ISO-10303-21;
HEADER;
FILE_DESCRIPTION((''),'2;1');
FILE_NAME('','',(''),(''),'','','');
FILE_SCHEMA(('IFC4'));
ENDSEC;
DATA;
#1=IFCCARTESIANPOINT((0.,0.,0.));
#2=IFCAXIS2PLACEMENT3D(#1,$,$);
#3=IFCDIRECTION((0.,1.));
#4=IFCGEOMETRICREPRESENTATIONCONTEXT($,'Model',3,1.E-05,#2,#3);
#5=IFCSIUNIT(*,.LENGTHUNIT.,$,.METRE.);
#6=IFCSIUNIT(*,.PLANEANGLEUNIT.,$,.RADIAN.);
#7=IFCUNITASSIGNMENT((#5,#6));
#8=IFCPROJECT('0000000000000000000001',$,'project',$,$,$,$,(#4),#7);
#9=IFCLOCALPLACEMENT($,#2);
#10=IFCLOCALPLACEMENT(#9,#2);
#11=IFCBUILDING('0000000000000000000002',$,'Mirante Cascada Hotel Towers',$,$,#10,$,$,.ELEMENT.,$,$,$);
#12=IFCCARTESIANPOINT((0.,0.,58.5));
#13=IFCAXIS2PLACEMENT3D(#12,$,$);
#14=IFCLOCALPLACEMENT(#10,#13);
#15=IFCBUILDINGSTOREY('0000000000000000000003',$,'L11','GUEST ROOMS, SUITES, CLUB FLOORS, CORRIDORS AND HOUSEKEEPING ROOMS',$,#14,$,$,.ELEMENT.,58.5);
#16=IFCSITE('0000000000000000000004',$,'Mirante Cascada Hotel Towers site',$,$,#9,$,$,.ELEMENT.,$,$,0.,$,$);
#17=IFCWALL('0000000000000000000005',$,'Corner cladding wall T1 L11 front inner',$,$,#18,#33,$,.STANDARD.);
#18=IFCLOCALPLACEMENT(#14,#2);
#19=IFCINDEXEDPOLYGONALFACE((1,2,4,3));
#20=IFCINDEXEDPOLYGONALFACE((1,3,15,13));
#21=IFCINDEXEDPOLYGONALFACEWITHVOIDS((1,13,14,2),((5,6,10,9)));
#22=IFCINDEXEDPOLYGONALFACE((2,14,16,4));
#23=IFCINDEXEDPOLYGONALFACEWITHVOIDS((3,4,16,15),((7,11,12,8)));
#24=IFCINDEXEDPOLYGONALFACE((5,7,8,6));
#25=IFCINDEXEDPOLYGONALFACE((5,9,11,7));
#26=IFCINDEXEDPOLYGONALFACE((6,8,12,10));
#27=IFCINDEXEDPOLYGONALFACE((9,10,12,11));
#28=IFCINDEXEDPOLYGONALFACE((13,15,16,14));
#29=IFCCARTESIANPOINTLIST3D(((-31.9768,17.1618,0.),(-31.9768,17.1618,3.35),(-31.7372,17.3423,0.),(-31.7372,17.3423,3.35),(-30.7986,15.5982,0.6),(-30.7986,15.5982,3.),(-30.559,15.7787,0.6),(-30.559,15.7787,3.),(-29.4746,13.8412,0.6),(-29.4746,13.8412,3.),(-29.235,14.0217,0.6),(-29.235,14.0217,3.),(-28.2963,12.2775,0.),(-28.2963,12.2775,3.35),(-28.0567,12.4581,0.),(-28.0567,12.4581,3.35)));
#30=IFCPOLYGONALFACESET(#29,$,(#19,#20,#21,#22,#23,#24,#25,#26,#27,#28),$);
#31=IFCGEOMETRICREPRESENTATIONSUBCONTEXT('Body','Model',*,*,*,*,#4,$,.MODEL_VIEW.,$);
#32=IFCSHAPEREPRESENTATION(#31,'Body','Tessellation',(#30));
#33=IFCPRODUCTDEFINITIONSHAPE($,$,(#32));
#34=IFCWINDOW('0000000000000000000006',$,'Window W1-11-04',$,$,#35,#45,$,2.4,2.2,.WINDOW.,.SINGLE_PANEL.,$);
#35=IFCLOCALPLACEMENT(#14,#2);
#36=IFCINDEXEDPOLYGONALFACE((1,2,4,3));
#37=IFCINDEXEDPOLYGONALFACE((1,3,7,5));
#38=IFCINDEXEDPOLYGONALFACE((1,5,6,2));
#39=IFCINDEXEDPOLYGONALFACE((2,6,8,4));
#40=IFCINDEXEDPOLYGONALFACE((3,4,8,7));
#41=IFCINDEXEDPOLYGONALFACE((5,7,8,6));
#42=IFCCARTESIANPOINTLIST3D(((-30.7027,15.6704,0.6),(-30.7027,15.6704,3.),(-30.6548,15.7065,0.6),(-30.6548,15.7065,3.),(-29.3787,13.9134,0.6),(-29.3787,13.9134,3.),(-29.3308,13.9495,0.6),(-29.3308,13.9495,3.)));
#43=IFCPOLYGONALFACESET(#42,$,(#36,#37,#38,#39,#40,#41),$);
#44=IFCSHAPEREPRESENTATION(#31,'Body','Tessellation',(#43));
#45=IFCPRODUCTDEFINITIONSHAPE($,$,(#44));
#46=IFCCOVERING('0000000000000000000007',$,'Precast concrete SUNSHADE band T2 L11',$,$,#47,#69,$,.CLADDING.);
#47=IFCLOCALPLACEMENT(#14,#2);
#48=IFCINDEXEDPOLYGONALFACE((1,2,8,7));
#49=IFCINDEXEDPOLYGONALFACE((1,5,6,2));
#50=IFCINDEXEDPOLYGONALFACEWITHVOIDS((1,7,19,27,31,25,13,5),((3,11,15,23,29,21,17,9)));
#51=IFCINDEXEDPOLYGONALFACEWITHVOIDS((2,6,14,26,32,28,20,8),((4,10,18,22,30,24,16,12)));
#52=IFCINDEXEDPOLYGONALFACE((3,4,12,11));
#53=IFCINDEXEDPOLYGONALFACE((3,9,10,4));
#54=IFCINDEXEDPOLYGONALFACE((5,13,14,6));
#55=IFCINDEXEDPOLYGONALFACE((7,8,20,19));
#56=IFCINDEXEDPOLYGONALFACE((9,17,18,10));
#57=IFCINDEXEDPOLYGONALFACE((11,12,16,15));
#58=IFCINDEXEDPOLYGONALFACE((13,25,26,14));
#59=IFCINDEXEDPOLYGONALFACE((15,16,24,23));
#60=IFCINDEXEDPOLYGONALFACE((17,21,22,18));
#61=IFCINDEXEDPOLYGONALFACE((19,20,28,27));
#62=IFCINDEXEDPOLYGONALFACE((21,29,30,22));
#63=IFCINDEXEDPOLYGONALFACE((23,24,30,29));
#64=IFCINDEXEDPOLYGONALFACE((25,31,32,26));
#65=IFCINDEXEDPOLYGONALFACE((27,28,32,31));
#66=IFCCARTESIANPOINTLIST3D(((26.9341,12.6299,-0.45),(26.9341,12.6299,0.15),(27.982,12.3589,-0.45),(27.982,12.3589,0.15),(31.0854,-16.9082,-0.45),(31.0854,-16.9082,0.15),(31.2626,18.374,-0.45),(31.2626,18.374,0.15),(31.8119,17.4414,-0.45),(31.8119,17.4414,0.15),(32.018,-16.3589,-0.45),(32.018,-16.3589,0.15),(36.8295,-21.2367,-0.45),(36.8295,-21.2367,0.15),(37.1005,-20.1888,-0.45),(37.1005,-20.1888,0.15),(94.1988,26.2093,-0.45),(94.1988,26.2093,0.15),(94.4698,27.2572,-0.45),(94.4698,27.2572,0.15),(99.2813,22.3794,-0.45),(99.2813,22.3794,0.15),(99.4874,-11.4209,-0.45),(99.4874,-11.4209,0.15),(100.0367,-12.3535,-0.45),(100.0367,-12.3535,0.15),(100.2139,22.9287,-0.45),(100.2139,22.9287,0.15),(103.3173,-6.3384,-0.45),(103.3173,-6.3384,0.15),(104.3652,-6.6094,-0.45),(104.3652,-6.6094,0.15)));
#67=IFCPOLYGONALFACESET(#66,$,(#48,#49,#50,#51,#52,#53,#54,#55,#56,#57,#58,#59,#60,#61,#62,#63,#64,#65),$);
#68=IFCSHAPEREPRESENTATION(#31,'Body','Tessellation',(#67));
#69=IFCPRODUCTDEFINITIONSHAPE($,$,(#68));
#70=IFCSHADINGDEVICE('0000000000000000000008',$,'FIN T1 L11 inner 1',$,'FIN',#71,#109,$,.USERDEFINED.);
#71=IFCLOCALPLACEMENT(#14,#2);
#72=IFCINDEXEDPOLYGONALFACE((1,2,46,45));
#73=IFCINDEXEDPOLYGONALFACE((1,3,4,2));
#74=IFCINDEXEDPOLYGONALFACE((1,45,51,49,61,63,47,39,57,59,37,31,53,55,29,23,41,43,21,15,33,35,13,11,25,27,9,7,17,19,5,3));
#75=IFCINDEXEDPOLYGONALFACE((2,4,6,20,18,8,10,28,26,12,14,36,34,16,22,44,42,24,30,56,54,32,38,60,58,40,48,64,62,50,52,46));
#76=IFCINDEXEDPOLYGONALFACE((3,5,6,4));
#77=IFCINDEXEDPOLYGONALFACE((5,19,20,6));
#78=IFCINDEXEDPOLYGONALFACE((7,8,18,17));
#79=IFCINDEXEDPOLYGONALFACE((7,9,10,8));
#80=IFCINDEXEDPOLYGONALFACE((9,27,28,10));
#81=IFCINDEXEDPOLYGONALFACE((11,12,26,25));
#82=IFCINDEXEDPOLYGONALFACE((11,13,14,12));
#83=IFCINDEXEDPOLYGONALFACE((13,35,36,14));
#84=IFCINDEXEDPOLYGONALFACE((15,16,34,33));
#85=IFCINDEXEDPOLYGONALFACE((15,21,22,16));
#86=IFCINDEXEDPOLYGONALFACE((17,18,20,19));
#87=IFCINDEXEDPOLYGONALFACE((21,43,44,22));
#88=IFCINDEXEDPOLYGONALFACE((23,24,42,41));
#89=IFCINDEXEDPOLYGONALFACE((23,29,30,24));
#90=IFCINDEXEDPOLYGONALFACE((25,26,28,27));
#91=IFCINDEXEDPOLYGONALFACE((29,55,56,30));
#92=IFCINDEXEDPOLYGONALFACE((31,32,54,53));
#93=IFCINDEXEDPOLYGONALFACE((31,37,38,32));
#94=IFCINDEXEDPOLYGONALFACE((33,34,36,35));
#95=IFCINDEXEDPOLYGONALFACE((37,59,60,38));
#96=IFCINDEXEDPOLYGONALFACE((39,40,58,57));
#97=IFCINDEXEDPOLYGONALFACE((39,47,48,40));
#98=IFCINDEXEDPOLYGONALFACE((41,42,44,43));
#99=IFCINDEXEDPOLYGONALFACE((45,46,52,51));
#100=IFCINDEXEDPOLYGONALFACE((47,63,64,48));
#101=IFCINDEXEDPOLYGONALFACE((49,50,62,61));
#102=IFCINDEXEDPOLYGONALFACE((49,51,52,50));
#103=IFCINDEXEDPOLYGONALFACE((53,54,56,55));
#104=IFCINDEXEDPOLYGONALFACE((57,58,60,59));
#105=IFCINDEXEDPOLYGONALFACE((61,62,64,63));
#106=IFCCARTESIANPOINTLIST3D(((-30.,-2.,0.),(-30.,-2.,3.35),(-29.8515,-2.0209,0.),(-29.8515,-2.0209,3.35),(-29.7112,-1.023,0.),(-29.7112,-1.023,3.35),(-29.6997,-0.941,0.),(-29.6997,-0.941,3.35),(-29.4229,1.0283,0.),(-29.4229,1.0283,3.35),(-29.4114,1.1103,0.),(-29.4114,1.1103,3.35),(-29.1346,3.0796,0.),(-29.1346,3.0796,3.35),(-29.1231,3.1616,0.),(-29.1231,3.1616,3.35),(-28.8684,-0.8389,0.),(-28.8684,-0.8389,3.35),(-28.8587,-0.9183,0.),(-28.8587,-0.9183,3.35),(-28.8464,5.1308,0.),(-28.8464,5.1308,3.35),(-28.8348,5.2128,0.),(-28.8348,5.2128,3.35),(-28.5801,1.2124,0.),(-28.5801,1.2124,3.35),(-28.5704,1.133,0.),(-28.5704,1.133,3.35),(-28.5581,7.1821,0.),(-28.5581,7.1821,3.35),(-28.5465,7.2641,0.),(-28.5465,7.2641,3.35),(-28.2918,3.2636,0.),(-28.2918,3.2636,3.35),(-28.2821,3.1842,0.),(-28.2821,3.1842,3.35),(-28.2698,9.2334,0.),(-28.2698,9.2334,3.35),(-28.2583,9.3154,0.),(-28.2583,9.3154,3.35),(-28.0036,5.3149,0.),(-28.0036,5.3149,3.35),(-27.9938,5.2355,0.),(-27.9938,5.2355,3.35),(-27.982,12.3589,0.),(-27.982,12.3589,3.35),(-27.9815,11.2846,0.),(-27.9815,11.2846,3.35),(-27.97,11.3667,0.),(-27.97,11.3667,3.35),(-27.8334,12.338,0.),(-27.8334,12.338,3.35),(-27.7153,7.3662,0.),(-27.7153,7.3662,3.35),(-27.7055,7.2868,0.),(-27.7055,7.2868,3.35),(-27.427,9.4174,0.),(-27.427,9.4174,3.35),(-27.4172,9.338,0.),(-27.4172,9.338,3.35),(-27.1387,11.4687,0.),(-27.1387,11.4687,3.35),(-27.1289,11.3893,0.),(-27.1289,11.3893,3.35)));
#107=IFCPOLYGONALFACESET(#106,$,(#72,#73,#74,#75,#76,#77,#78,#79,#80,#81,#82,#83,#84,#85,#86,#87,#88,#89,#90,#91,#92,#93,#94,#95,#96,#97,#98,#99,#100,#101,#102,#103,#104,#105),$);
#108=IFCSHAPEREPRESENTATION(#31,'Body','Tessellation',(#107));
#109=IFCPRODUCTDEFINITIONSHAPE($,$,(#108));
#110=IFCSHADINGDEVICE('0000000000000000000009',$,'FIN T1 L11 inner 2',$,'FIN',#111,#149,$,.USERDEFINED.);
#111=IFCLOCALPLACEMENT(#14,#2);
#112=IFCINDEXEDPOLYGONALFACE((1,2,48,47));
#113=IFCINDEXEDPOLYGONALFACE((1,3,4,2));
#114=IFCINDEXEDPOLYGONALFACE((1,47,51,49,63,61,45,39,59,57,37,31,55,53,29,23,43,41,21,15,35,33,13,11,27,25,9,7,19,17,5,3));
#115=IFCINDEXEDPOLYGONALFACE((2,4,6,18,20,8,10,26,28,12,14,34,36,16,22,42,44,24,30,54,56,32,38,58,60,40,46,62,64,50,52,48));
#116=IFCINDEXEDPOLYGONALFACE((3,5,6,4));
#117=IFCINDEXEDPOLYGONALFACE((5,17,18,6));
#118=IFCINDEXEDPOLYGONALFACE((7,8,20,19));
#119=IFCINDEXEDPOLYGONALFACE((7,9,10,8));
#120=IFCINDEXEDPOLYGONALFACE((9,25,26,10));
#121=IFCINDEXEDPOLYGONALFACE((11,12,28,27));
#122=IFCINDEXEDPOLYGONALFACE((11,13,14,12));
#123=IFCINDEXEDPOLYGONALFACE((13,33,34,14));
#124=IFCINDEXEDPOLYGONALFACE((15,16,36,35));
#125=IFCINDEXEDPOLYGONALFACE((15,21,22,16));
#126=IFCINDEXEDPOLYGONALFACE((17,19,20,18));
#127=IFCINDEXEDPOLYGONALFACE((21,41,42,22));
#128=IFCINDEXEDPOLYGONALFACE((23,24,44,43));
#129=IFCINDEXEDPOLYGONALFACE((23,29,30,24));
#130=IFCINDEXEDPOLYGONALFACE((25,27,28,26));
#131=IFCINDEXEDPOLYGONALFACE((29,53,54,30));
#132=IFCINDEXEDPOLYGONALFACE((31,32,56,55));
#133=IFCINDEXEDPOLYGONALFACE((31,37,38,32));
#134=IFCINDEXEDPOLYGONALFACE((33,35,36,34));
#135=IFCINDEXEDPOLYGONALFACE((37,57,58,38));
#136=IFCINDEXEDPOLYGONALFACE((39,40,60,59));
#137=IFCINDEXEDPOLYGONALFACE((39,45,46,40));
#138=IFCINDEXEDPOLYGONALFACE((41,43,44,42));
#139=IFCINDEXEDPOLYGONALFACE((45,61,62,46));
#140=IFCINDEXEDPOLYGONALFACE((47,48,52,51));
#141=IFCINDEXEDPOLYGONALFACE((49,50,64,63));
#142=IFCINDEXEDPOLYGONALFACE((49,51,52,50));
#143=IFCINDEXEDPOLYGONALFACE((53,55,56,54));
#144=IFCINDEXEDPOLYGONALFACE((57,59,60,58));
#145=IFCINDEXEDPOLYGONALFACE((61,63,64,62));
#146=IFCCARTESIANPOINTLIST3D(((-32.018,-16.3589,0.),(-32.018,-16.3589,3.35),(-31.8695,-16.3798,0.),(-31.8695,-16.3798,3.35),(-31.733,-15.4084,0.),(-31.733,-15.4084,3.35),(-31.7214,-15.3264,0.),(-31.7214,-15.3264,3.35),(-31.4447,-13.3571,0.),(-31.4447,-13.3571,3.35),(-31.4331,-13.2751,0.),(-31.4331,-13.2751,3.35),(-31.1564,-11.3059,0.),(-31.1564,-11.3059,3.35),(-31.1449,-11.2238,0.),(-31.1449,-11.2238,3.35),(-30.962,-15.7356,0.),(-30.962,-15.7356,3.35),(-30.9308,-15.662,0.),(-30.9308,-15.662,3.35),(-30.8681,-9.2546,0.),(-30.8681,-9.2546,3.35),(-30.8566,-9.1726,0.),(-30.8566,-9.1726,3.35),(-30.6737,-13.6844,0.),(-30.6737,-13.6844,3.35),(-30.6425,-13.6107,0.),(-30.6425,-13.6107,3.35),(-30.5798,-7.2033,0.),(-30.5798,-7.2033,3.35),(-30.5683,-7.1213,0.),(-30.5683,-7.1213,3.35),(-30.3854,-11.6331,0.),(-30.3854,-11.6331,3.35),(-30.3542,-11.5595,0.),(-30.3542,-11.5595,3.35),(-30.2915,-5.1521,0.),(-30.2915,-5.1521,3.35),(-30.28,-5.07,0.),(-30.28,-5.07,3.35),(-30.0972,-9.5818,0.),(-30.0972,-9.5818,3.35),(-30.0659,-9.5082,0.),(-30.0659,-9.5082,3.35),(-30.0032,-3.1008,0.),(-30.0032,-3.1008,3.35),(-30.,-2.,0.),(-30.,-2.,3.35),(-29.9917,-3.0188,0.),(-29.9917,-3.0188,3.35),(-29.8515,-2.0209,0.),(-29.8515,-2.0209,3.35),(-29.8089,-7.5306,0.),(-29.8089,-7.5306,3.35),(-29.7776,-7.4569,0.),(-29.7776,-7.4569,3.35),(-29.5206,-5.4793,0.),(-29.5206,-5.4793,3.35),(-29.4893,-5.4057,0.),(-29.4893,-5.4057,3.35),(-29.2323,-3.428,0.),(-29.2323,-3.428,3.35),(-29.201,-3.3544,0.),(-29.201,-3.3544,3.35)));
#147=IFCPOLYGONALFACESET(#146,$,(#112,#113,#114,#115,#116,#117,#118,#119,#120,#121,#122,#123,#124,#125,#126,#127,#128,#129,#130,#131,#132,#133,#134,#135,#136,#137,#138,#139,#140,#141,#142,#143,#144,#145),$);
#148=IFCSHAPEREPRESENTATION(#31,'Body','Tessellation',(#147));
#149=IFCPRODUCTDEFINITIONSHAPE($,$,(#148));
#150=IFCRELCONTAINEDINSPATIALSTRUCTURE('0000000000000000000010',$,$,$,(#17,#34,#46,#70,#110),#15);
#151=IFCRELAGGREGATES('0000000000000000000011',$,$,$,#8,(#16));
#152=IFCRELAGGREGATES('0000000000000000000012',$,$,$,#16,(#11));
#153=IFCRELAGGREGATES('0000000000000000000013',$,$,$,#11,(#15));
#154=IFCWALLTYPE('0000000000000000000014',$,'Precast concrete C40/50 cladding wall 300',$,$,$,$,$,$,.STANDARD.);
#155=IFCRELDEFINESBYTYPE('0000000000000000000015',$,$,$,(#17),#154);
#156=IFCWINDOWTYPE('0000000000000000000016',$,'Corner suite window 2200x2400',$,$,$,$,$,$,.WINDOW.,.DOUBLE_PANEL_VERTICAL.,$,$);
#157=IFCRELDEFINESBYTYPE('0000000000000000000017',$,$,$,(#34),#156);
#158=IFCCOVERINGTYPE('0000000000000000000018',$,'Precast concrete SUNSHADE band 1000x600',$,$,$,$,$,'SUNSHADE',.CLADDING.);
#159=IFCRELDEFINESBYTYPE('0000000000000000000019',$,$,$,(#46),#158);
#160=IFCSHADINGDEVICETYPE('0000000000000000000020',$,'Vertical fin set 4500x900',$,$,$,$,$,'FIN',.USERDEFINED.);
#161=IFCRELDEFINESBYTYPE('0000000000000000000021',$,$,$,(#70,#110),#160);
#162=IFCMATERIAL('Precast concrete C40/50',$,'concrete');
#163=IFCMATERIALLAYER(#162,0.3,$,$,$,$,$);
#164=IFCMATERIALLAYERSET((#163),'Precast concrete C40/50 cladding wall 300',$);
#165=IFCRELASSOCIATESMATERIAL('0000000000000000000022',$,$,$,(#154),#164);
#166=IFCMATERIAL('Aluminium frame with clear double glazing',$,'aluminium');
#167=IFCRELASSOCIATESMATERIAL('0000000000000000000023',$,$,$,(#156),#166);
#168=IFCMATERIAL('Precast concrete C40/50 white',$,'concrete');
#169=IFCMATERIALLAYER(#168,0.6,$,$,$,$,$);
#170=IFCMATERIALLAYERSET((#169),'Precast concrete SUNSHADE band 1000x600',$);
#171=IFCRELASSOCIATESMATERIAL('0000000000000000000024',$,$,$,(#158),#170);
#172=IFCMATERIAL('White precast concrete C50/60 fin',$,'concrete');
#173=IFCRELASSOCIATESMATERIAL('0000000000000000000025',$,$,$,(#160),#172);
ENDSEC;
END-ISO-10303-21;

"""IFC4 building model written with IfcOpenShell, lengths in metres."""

from ifc_helpers import new_model, si_unit, direction, frame, frame_2d, origin, place, context, subcontext, project, spatial, polyline, rectangle, outline, extrude, material, layer, layer_set, type_object, element, fill, save


model = new_model("IFC4")

# Units and contexts
model_context = context("Model", 3, precision=1e-05, world=origin(), true_north=direction((0.0, 1.0)))
body_context = subcontext(model_context, "Body", "Model", "MODEL_VIEW")
ifc_project = project(units=[si_unit("LENGTHUNIT", "METRE"), si_unit("PLANEANGLEUNIT", "RADIAN")], contexts=[model_context])

# Site, building, storey
site_placement = place(None, origin())
site = spatial("IfcSite", under=ifc_project, at=site_placement, Name="Mirante Cascada Hotel Towers site", CompositionType="ELEMENT", RefElevation=0.0)
building_placement = place(site_placement, origin())
building = spatial("IfcBuilding", under=site, at=building_placement, Name="Mirante Cascada Hotel Towers", CompositionType="ELEMENT")
storey_placement = place(building_placement, frame((0.0, 0.0, 58.5)))
storey = spatial("IfcBuildingStorey", under=building, at=storey_placement, Name="L11", Description="GUEST ROOMS, SUITES, CLUB FLOORS, CORRIDORS AND HOUSEKEEPING ROOMS", CompositionType="ELEMENT", Elevation=58.5)

# Wall, opening, window
ifc_material_1 = material(Name="Precast concrete C40/50", Category="concrete")
ifc_layer_1 = layer(ifc_material_1, 0.3)
ifc_layer_set_1 = layer_set([ifc_layer_1], Name="Precast concrete C40/50 cladding wall 300")
wall_type_1 = type_object("IfcWallType", Name="Precast concrete C40/50 cladding wall 300", PredefinedType="STANDARD", material=ifc_layer_set_1)
wall_1_placement = place(storey_placement, frame((-31.857, 17.252, 0.0), z_axis=(0.0, 0.0, 1.0), x_axis=(0.601814, -0.798636, 0.0)))
wall_1 = element("IfcWall", 1, at=wall_1_placement, inside=storey, type_object=wall_type_1, Name="Corner cladding wall T1 L11 front inner", PredefinedType="STANDARD", context=body_context, shape_type="SweptSolid", body=[
    extrude(rectangle(XDim=6.1157, YDim=0.3, at=frame_2d((3.0578, 0.0))), origin(), (0.0, 0.0, 1.0), 3.35),
])
opening_1_placement = place(wall_1_placement, frame((1.9578, 0.0, 0.6)))
opening_1 = element("IfcOpeningElement", 2, at=opening_1_placement, cuts=wall_1, PredefinedType="OPENING", context=body_context, shape_type="SweptSolid", body=[
    extrude(rectangle(XDim=2.2, YDim=2.4, at=frame_2d((1.1, 1.2))), frame((0.0, 0.15, 0.0), z_axis=(0.0, -1.0, 0.0), x_axis=(1.0, 0.0, 0.0)), (0.0, 0.0, 1.0), 0.3),
])
ifc_material_2 = material(Name="Aluminium frame with clear double glazing", Category="aluminium")
window_type = type_object("IfcWindowType", Name="Corner suite window 2200x2400", PartitioningType="DOUBLE_PANEL_VERTICAL", PredefinedType="WINDOW", material=ifc_material_2)
window_placement = place(opening_1_placement, origin())
window = element("IfcWindow", 3, at=window_placement, inside=storey, type_object=window_type, Name="Window W1-11-04", OverallHeight=2.4, OverallWidth=2.2, PartitioningType="SINGLE_PANEL", PredefinedType="WINDOW", context=body_context, shape_type="SweptSolid", body=[
    extrude(rectangle(XDim=2.2, YDim=2.4, at=frame_2d((1.1, 1.2))), frame((0.0, 0.03, 0.0), z_axis=(0.0, -1.0, 0.0), x_axis=(1.0, 0.0, 0.0)), (0.0, 0.0, 1.0), 0.06),
])
fill(opening_1, window)

# Covering
ifc_material_3 = material(Name="Precast concrete C40/50 white", Category="concrete")
ifc_layer_2 = layer(ifc_material_3, 0.6)
ifc_layer_set_2 = layer_set([ifc_layer_2], Name="Precast concrete SUNSHADE band 1000x600")
covering_type = type_object("IfcCoveringType", Name="Precast concrete SUNSHADE band 1000x600", ElementType="SUNSHADE", PredefinedType="CLADDING", material=ifc_layer_set_2)
covering_placement = place(storey_placement, frame((0.0, 0.0, -0.45)))
element("IfcCovering", 4, at=covering_placement, inside=storey, type_object=covering_type, Name="Precast concrete SUNSHADE band T2 L11", PredefinedType="CLADDING", context=body_context, shape_type="SweptSolid", body=[
    extrude(outline(polyline([(26.9341, 12.6299), (31.2626, 18.374), (94.4698, 27.2572), (100.2139, 22.9287), (104.3652, -6.6094), (100.0367, -12.3535), (36.8295, -21.2367), (31.0854, -16.9082), (26.9341, 12.6299)]), holes=[polyline([(103.3173, -6.3384), (99.2813, 22.3794), (94.1988, 26.2093), (31.8119, 17.4414), (27.982, 12.3589), (32.018, -16.3589), (37.1005, -20.1888), (99.4874, -11.4209), (103.3173, -6.3384)])]), origin(), (0.0, 0.0, 1.0), 0.6),
])

# Shading devices
ifc_material_4 = material(Name="White precast concrete C50/60 fin", Category="concrete")
shading_device_type = type_object("IfcShadingDeviceType", Name="Vertical fin set 4500x900", ElementType="FIN", PredefinedType="USERDEFINED", material=ifc_material_4)
shading_device_1_placement = place(storey_placement, origin())
element("IfcShadingDevice", 5, at=shading_device_1_placement, inside=storey, type_object=shading_device_type, Name="FIN T1 L11 inner 1", ObjectType="FIN", PredefinedType="USERDEFINED", context=body_context, shape_type="SweptSolid", body=[
    extrude(outline(polyline([(-29.7112, -1.023), (-29.8515, -2.0209), (-30.0, -2.0), (-27.982, 12.3589), (-27.8334, 12.338), (-27.97, 11.3667), (-27.1387, 11.4687), (-27.1289, 11.3893), (-27.9815, 11.2846), (-28.2583, 9.3154), (-27.427, 9.4174), (-27.4172, 9.338), (-28.2698, 9.2334), (-28.5465, 7.2641), (-27.7153, 7.3662), (-27.7055, 7.2868), (-28.5581, 7.1821), (-28.8348, 5.2128), (-28.0036, 5.3149), (-27.9938, 5.2355), (-28.8464, 5.1308), (-29.1231, 3.1616), (-28.2918, 3.2636), (-28.2821, 3.1842), (-29.1346, 3.0796), (-29.4114, 1.1103), (-28.5801, 1.2124), (-28.5704, 1.133), (-29.4229, 1.0283), (-29.6997, -0.941), (-28.8684, -0.8389), (-28.8587, -0.9183), (-29.7112, -1.023)])), origin(), (0.0, 0.0, 1.0), 3.35),
])
shading_device_2_placement = place(storey_placement, origin())
element("IfcShadingDevice", 6, at=shading_device_2_placement, inside=storey, type_object=shading_device_type, Name="FIN T1 L11 inner 2", ObjectType="FIN", PredefinedType="USERDEFINED", context=body_context, shape_type="SweptSolid", body=[
    extrude(outline(polyline([(-31.733, -15.4084), (-31.8695, -16.3798), (-32.018, -16.3589), (-30.0, -2.0), (-29.8515, -2.0209), (-29.9917, -3.0188), (-29.201, -3.3544), (-29.2323, -3.428), (-30.0032, -3.1008), (-30.28, -5.07), (-29.4893, -5.4057), (-29.5206, -5.4793), (-30.2915, -5.1521), (-30.5683, -7.1213), (-29.7776, -7.4569), (-29.8089, -7.5306), (-30.5798, -7.2033), (-30.8566, -9.1726), (-30.0659, -9.5082), (-30.0972, -9.5818), (-30.8681, -9.2546), (-31.1449, -11.2238), (-30.3542, -11.5595), (-30.3854, -11.6331), (-31.1564, -11.3059), (-31.4331, -13.2751), (-30.6425, -13.6107), (-30.6737, -13.6844), (-31.4447, -13.3571), (-31.7214, -15.3264), (-30.9308, -15.662), (-30.962, -15.7356), (-31.733, -15.4084)])), origin(), (0.0, 0.0, 1.0), 3.35),
])

save(model, "model.ifc")
